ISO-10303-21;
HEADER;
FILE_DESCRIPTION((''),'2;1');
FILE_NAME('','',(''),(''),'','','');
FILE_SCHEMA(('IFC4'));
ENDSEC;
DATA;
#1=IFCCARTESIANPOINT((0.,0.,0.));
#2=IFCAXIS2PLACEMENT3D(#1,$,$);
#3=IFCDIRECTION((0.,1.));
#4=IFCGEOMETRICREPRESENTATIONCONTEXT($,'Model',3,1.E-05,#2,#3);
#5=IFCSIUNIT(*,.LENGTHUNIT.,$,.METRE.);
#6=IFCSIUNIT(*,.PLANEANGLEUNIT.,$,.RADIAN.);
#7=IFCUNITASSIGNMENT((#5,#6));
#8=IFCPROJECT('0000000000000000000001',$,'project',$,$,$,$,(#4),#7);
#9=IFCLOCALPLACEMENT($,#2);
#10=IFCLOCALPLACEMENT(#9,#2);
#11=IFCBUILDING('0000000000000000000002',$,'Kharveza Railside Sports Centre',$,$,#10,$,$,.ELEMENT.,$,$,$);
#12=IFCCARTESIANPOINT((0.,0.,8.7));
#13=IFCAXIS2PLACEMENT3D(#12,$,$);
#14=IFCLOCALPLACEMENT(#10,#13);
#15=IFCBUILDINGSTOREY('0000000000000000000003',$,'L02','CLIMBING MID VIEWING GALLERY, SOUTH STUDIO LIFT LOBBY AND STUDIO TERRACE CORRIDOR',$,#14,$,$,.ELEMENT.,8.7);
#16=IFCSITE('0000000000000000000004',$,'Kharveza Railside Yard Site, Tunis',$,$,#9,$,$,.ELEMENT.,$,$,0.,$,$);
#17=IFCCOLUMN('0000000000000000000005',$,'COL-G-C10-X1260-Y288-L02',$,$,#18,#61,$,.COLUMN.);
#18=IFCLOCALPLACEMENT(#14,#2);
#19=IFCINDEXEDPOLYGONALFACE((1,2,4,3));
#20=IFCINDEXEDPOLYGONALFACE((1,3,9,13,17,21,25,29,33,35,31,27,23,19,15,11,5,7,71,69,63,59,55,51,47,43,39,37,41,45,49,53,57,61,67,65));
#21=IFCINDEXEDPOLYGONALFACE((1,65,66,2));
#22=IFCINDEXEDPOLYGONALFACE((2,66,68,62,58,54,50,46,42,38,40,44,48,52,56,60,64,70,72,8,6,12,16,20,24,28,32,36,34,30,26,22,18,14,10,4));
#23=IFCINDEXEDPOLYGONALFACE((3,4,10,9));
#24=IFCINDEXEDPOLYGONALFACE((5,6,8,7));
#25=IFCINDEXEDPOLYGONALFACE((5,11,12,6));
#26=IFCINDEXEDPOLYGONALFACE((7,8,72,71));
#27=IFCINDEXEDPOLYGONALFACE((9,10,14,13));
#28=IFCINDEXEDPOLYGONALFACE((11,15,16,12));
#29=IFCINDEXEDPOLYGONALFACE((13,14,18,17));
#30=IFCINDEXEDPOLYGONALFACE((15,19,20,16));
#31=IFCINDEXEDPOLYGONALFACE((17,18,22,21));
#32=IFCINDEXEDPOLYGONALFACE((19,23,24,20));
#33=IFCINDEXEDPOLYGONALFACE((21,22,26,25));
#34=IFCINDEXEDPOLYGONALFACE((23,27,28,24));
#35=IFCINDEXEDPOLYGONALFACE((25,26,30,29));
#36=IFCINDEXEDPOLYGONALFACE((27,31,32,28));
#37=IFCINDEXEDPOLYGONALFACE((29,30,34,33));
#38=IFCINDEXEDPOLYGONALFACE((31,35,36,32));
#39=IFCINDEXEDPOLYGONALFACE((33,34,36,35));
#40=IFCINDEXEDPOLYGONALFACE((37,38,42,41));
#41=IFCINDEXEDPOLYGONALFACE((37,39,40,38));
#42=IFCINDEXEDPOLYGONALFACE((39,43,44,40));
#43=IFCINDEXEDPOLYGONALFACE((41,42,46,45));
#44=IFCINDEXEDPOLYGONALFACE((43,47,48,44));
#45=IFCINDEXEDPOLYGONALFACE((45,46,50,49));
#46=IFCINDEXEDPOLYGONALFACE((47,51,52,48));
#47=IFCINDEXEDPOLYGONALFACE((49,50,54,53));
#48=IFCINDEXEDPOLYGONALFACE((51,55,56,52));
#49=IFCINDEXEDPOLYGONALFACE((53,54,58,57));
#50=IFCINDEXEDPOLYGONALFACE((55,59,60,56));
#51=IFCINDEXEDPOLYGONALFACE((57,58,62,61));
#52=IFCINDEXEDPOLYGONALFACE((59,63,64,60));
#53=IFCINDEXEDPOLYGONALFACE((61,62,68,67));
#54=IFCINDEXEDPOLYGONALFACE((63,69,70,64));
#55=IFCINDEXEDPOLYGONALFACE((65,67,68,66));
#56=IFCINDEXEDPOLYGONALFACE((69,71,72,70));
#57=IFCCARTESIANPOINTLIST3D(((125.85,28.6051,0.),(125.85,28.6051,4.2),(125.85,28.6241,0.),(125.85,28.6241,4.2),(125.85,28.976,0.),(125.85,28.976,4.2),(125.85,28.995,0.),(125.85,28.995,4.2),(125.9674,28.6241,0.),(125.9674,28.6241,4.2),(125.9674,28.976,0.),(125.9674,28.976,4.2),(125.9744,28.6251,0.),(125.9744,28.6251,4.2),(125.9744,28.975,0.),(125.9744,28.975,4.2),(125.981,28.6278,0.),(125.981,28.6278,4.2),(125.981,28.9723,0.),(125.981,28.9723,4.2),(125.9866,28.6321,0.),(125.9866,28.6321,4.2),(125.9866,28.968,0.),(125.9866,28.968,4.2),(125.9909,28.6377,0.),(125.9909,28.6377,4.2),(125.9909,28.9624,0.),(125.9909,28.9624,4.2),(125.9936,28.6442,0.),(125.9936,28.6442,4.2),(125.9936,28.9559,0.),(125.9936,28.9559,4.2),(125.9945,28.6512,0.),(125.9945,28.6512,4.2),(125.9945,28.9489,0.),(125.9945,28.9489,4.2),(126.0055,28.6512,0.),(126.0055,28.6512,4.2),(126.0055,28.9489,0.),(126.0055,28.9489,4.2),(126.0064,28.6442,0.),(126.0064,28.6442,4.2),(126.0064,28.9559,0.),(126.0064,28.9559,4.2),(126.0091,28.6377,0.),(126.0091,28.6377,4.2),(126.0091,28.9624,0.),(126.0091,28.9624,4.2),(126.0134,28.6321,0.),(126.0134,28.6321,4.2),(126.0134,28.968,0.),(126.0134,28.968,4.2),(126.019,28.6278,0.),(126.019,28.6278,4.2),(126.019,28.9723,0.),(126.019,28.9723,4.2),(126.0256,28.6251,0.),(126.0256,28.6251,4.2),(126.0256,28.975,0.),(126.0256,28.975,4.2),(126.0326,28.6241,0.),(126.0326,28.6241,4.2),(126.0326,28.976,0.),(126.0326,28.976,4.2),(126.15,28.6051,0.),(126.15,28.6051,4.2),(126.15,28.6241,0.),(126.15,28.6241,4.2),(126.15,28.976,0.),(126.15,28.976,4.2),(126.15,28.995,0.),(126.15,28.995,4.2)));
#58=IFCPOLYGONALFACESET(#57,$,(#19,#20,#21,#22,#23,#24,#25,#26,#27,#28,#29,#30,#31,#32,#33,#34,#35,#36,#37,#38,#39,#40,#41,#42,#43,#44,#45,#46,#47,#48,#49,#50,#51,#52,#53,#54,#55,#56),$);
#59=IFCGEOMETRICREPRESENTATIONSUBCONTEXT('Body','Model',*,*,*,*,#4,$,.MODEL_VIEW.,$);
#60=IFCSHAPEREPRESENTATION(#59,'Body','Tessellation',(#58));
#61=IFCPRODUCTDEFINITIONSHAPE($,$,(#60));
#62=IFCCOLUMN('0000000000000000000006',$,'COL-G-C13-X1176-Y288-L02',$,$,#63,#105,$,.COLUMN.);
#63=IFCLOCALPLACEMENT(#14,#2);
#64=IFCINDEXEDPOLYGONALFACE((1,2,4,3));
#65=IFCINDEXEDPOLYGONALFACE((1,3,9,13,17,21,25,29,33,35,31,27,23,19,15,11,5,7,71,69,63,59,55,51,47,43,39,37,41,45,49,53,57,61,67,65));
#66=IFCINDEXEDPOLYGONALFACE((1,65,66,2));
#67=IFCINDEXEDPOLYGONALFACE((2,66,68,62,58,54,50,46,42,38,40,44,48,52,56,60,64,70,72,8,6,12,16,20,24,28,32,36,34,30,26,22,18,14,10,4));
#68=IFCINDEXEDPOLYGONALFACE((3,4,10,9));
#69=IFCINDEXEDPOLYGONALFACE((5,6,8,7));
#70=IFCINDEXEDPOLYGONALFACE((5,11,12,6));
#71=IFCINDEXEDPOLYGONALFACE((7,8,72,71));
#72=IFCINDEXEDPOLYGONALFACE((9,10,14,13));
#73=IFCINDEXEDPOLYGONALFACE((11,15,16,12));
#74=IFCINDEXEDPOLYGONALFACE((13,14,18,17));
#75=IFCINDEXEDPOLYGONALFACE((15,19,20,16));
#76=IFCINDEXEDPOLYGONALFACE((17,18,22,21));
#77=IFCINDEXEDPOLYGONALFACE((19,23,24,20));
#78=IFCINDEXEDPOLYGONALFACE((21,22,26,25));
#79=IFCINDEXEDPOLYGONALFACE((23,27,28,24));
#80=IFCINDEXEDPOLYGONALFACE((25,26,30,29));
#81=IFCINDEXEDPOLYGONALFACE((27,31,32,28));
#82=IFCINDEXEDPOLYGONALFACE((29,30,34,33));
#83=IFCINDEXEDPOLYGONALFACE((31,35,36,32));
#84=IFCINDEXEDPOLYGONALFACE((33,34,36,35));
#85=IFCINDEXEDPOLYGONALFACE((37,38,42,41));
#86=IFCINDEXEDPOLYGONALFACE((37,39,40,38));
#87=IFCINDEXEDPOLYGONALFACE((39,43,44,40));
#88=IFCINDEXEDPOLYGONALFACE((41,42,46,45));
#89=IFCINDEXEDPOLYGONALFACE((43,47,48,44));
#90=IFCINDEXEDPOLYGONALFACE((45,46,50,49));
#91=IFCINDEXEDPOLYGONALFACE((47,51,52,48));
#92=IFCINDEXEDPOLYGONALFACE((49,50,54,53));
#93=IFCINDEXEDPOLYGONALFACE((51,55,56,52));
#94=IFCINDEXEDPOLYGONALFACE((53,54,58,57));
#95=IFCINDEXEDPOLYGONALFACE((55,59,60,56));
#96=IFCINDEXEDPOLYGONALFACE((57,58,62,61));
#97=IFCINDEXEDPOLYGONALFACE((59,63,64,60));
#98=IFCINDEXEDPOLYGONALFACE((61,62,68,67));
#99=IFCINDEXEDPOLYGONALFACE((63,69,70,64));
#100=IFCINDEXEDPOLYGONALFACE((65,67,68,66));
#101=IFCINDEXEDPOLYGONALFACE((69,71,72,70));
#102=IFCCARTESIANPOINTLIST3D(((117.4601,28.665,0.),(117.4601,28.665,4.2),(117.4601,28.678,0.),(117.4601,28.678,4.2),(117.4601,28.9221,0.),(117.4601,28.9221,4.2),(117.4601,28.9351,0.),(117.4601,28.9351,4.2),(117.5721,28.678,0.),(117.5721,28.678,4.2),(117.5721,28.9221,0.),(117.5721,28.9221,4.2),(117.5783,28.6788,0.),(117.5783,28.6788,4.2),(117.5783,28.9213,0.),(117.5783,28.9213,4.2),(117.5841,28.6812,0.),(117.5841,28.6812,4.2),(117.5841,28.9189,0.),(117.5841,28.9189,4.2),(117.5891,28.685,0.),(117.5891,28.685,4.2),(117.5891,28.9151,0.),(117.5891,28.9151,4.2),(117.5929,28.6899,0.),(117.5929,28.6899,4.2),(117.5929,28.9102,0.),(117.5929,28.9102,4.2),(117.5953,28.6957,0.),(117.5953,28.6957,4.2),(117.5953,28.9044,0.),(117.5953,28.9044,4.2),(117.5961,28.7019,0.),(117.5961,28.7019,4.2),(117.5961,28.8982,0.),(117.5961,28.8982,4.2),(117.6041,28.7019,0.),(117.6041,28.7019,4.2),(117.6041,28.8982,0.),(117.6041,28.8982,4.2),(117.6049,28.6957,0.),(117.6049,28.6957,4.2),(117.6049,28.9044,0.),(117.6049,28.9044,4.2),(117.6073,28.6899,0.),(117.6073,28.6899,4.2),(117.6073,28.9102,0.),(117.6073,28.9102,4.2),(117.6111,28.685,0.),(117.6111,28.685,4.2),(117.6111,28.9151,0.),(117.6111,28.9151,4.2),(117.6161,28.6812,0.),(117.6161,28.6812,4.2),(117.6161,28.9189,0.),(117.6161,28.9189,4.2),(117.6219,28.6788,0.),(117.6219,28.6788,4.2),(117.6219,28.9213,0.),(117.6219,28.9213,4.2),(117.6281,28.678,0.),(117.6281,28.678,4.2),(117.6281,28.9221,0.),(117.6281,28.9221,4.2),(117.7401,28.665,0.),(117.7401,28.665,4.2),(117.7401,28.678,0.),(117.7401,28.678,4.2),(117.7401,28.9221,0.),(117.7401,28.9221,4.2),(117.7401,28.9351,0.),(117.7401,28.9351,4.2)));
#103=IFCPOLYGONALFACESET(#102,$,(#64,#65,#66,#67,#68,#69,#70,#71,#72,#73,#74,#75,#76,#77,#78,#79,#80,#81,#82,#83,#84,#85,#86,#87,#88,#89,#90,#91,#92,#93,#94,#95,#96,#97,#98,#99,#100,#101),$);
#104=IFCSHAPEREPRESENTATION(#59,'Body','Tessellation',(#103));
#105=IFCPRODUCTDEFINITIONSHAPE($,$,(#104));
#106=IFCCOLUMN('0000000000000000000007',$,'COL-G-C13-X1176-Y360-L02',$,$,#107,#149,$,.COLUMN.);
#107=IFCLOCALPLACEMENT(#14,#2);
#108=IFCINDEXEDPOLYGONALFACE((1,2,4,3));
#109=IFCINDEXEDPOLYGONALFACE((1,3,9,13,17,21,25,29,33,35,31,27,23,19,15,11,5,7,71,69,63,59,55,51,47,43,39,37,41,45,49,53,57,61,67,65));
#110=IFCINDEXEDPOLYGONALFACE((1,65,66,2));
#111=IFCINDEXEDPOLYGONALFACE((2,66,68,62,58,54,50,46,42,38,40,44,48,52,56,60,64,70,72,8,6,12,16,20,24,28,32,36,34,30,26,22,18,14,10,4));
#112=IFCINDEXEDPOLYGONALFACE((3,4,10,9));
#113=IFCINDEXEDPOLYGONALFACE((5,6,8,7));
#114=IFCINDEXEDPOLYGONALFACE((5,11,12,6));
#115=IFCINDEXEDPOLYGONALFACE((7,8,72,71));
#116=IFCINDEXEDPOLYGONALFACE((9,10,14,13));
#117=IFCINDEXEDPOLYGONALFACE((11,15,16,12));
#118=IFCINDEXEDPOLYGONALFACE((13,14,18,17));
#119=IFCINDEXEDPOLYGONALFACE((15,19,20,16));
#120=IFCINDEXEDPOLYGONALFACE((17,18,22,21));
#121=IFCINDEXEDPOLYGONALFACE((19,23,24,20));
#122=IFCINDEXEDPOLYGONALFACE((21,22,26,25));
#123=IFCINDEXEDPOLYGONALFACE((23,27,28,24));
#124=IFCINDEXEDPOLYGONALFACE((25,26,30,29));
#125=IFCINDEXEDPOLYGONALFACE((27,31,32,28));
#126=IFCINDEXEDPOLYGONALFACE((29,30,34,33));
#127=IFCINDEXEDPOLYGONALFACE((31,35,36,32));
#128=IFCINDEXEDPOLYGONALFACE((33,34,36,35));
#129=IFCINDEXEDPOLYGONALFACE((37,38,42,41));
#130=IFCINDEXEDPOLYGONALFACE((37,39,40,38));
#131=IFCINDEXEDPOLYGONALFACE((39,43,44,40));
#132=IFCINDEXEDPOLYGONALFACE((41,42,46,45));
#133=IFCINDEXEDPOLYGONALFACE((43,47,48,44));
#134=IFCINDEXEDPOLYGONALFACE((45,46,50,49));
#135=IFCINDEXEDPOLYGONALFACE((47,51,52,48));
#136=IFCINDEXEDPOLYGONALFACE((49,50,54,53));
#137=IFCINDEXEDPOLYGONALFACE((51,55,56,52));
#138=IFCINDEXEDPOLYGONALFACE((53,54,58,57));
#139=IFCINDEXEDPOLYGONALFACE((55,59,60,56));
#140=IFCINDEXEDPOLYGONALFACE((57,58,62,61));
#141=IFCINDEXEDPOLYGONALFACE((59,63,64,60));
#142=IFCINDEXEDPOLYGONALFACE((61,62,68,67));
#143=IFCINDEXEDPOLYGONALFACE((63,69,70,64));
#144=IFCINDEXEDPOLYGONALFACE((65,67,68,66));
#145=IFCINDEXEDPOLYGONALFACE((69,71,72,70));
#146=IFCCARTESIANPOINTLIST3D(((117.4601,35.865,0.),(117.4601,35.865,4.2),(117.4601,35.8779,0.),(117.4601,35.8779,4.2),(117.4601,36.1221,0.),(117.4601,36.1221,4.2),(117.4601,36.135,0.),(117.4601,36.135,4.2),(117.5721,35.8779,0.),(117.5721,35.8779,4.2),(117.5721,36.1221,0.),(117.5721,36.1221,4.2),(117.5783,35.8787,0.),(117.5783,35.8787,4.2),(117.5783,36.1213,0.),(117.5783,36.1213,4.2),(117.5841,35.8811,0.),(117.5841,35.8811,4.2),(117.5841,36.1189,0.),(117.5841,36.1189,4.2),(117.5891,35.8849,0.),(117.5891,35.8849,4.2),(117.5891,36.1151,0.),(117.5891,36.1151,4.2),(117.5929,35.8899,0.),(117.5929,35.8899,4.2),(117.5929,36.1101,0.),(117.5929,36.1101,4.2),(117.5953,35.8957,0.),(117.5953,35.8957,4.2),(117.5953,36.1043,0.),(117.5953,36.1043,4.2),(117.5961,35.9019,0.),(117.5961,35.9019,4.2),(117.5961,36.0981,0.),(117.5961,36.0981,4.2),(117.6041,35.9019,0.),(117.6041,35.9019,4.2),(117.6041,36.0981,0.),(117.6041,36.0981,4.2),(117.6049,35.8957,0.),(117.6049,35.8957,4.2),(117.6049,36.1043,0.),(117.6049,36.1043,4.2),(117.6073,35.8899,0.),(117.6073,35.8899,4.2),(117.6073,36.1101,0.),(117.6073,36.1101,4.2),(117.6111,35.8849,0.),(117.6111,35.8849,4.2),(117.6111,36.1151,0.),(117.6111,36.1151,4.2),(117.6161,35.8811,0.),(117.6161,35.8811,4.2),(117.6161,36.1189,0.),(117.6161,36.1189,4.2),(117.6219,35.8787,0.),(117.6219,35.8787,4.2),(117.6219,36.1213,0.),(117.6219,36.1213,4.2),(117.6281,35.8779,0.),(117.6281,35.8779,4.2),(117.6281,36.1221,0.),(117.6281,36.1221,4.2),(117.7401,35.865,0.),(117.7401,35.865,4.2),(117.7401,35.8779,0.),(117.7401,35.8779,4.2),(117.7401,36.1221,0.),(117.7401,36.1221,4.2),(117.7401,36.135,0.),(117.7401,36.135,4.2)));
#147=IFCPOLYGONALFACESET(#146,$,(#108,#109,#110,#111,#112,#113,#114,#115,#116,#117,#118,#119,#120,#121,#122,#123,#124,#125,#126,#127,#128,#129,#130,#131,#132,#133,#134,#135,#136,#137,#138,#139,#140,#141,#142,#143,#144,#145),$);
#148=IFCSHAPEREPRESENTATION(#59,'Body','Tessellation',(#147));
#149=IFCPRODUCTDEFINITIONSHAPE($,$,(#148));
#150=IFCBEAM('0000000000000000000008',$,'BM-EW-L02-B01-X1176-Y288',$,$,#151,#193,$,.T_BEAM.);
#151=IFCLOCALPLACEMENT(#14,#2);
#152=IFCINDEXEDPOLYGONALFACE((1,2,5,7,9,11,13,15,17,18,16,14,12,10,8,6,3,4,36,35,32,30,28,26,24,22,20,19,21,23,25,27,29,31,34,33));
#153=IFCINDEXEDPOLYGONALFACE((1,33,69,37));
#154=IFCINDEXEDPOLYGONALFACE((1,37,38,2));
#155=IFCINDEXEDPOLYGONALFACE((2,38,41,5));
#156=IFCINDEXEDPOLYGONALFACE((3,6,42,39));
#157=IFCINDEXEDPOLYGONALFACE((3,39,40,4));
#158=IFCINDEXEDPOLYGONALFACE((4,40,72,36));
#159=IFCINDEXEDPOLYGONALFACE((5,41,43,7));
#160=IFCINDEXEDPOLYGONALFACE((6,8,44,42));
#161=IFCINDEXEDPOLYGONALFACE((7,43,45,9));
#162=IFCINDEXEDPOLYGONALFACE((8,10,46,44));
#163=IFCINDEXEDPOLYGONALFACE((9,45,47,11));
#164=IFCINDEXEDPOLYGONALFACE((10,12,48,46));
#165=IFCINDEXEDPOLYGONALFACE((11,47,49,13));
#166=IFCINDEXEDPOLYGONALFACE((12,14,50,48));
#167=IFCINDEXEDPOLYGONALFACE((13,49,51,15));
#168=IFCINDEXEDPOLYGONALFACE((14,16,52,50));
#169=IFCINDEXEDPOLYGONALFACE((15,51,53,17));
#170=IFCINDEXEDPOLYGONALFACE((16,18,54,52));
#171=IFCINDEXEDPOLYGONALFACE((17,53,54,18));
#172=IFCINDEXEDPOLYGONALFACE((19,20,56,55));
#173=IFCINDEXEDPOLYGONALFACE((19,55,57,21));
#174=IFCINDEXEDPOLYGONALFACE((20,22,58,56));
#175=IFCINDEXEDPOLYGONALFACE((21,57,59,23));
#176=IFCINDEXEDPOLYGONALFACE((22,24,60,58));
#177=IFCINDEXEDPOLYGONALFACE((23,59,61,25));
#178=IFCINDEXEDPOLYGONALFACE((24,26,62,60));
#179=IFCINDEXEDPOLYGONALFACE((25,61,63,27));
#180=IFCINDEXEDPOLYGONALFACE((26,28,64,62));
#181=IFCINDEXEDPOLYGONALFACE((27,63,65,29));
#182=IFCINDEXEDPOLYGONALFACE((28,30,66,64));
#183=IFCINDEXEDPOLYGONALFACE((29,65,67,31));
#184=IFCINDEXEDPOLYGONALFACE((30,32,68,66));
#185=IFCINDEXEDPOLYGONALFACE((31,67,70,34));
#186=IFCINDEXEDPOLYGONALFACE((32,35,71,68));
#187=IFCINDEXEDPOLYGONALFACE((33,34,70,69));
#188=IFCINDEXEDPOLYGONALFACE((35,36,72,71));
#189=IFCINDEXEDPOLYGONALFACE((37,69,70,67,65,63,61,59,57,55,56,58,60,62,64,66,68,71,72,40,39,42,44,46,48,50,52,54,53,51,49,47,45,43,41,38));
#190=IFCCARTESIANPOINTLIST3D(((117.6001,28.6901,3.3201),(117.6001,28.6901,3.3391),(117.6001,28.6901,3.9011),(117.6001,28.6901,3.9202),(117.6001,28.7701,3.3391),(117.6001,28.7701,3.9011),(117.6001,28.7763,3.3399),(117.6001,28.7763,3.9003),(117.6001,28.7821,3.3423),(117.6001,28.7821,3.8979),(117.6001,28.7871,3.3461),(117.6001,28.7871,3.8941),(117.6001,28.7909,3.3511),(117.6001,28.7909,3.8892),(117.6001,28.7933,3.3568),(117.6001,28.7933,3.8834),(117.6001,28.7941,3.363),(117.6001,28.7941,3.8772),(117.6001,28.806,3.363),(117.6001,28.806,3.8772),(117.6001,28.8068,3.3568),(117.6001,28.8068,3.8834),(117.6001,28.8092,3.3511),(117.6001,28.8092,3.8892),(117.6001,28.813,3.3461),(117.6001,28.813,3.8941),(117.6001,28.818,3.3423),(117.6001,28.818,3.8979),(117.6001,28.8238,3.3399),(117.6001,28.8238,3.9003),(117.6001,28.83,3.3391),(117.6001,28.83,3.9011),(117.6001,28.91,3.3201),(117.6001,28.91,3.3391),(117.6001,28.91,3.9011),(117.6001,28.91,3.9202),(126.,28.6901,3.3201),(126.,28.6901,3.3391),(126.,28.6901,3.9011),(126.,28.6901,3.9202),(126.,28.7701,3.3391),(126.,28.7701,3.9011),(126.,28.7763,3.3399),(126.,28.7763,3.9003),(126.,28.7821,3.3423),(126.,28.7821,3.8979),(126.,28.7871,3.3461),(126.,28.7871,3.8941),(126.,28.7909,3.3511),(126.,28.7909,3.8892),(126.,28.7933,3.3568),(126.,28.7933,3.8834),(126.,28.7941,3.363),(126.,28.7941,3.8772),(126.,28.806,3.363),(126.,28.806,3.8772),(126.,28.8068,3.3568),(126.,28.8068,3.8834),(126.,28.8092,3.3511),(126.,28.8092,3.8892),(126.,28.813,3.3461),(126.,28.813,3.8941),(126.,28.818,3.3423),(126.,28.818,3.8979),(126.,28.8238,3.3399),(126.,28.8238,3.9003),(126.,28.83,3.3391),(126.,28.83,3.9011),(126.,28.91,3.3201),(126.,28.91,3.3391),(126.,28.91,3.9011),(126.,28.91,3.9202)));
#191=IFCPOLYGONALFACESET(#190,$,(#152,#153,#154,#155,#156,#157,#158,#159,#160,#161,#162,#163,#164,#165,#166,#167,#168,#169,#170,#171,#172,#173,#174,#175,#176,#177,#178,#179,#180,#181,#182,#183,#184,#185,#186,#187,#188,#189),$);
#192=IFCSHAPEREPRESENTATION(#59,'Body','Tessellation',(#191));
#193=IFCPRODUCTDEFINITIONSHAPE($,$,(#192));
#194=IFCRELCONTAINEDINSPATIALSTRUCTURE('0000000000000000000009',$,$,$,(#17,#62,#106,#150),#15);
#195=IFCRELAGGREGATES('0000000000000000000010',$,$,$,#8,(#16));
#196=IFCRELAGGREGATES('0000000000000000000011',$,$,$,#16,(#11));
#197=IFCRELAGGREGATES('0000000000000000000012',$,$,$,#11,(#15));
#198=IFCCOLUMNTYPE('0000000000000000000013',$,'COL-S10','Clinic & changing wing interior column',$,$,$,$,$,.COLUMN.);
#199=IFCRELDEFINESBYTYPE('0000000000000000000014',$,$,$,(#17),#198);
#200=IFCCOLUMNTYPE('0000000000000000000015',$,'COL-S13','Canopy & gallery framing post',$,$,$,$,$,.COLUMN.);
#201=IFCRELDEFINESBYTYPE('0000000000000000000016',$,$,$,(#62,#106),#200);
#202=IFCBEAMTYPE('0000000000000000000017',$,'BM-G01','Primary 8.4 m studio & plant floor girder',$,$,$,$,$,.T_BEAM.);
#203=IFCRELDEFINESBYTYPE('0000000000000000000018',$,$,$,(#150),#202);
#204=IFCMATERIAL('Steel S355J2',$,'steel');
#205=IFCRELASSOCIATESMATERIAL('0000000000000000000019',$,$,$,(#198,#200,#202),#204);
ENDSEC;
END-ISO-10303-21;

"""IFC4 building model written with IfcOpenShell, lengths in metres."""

from ifc_helpers import new_model, si_unit, direction, frame, origin, origin_2d, place, context, subcontext, project, spatial, i_section, extrude, material, material_profile, profile_set, type_object, element, save


model = new_model("IFC4")

# Units and contexts
model_context = context("Model", 3, precision=1e-05, world=origin(), true_north=direction((0.0, 1.0)))
body_context = subcontext(model_context, "Body", "Model", "MODEL_VIEW")
ifc_project = project(units=[si_unit("LENGTHUNIT", "METRE"), si_unit("PLANEANGLEUNIT", "RADIAN")], contexts=[model_context])

# Site, building, storey
site_placement = place(None, origin())
site = spatial("IfcSite", under=ifc_project, at=site_placement, Name="Kharveza Railside Yard Site, Tunis", CompositionType="ELEMENT", RefElevation=0.0)
building_placement = place(site_placement, origin())
building = spatial("IfcBuilding", under=site, at=building_placement, Name="Kharveza Railside Sports Centre", CompositionType="ELEMENT")
storey_placement = place(building_placement, frame((0.0, 0.0, 8.7)))
storey = spatial("IfcBuildingStorey", under=building, at=storey_placement, Name="L02", Description="CLIMBING MID VIEWING GALLERY, SOUTH STUDIO LIFT LOBBY AND STUDIO TERRACE CORRIDOR", CompositionType="ELEMENT", Elevation=8.7)

# Columns
ifc_material_1 = material(Name="Steel S355J2", Category="steel")
ifc_material_profile_1 = material_profile(ifc_material_1, i_section(OverallWidth=0.3, OverallDepth=0.3899, WebThickness=0.011, FlangeThickness=0.019, FilletRadius=0.0271, at=origin_2d()), Name="HEA 400")
ifc_profile_set_1 = profile_set([ifc_material_profile_1], Name="Steel S355J2")
column_type_1 = type_object("IfcColumnType", Name="COL-S10", Description="Clinic & changing wing interior column", PredefinedType="COLUMN", material=ifc_profile_set_1)
column_placement = place(storey_placement, frame((126.0, 28.8, 0.0), z_axis=(0.0, 0.0, 1.0), x_axis=(1.0, 0.0, 0.0)))
element("IfcColumn", 1, at=column_placement, inside=storey, type_object=column_type_1, Name="COL-G-C10-X1260-Y288-L02", PredefinedType="COLUMN", context=body_context, shape_type="SweptSolid", body=[
    extrude(i_section(OverallWidth=0.3, OverallDepth=0.3899, WebThickness=0.011, FlangeThickness=0.019, FilletRadius=0.0271, at=origin_2d()), origin(), (0.0, 0.0, 1.0), 4.2),
])
ifc_material_profile_2 = material_profile(ifc_material_1, i_section(OverallWidth=0.28, OverallDepth=0.27, WebThickness=0.0081, FlangeThickness=0.0129, FilletRadius=0.0239, at=origin_2d()), Name="HEA 280")
ifc_profile_set_2 = profile_set([ifc_material_profile_2], Name="Steel S355J2")
column_type_2 = type_object("IfcColumnType", Name="COL-S13", Description="Canopy & gallery framing post", PredefinedType="COLUMN", material=ifc_profile_set_2)
for number, where, z_axis, x_axis, name in (
    (2, (117.6001, 28.8, 0.0), (0.0, 0.0, 1.0), (1.0, 0.0, 0.0), "COL-G-C13-X1176-Y288-L02"),
    (3, (117.6001, 36.0, 0.0), (0.0, 0.0, 1.0), (1.0, 0.0, 0.0), "COL-G-C13-X1176-Y360-L02"),
):
    element("IfcColumn", number, at=place(storey_placement, frame(where, z_axis=z_axis, x_axis=x_axis)), inside=storey, type_object=column_type_2, Name=name, PredefinedType="COLUMN", context=body_context, shape_type="SweptSolid", body=[
        extrude(i_section(OverallWidth=0.28, OverallDepth=0.27, WebThickness=0.0081, FlangeThickness=0.0129, FilletRadius=0.0239, at=origin_2d()), origin(), (0.0, 0.0, 1.0), 4.2),
    ])

# Beam
ifc_material_profile_3 = material_profile(ifc_material_1, i_section(OverallWidth=0.22, OverallDepth=0.6001, WebThickness=0.012, FlangeThickness=0.019, FilletRadius=0.0239, at=origin_2d()), Name="IPE 600")
ifc_profile_set_3 = profile_set([ifc_material_profile_3], Name="Steel S355J2")
beam_type_1 = type_object("IfcBeamType", Name="BM-G01", Description="Primary 8.4 m studio & plant floor girder", PredefinedType="T_BEAM", material=ifc_profile_set_3)
for number, where, z_axis, x_axis, name in (
    (4, (117.6001, 28.8, 3.6201), (1.0, 0.0, 0.0), (0.0, 1.0, 0.0), "BM-EW-L02-B01-X1176-Y288"),
):
    element("IfcBeam", number, at=place(storey_placement, frame(where, z_axis=z_axis, x_axis=x_axis)), inside=storey, type_object=beam_type_1, Name=name, PredefinedType="T_BEAM", context=body_context, shape_type="SweptSolid", body=[
        extrude(i_section(OverallWidth=0.22, OverallDepth=0.6001, WebThickness=0.012, FlangeThickness=0.019, FilletRadius=0.0239, at=origin_2d()), origin(), (0.0, 0.0, 1.0), 8.3999),
    ])

save(model, "model.ifc")
